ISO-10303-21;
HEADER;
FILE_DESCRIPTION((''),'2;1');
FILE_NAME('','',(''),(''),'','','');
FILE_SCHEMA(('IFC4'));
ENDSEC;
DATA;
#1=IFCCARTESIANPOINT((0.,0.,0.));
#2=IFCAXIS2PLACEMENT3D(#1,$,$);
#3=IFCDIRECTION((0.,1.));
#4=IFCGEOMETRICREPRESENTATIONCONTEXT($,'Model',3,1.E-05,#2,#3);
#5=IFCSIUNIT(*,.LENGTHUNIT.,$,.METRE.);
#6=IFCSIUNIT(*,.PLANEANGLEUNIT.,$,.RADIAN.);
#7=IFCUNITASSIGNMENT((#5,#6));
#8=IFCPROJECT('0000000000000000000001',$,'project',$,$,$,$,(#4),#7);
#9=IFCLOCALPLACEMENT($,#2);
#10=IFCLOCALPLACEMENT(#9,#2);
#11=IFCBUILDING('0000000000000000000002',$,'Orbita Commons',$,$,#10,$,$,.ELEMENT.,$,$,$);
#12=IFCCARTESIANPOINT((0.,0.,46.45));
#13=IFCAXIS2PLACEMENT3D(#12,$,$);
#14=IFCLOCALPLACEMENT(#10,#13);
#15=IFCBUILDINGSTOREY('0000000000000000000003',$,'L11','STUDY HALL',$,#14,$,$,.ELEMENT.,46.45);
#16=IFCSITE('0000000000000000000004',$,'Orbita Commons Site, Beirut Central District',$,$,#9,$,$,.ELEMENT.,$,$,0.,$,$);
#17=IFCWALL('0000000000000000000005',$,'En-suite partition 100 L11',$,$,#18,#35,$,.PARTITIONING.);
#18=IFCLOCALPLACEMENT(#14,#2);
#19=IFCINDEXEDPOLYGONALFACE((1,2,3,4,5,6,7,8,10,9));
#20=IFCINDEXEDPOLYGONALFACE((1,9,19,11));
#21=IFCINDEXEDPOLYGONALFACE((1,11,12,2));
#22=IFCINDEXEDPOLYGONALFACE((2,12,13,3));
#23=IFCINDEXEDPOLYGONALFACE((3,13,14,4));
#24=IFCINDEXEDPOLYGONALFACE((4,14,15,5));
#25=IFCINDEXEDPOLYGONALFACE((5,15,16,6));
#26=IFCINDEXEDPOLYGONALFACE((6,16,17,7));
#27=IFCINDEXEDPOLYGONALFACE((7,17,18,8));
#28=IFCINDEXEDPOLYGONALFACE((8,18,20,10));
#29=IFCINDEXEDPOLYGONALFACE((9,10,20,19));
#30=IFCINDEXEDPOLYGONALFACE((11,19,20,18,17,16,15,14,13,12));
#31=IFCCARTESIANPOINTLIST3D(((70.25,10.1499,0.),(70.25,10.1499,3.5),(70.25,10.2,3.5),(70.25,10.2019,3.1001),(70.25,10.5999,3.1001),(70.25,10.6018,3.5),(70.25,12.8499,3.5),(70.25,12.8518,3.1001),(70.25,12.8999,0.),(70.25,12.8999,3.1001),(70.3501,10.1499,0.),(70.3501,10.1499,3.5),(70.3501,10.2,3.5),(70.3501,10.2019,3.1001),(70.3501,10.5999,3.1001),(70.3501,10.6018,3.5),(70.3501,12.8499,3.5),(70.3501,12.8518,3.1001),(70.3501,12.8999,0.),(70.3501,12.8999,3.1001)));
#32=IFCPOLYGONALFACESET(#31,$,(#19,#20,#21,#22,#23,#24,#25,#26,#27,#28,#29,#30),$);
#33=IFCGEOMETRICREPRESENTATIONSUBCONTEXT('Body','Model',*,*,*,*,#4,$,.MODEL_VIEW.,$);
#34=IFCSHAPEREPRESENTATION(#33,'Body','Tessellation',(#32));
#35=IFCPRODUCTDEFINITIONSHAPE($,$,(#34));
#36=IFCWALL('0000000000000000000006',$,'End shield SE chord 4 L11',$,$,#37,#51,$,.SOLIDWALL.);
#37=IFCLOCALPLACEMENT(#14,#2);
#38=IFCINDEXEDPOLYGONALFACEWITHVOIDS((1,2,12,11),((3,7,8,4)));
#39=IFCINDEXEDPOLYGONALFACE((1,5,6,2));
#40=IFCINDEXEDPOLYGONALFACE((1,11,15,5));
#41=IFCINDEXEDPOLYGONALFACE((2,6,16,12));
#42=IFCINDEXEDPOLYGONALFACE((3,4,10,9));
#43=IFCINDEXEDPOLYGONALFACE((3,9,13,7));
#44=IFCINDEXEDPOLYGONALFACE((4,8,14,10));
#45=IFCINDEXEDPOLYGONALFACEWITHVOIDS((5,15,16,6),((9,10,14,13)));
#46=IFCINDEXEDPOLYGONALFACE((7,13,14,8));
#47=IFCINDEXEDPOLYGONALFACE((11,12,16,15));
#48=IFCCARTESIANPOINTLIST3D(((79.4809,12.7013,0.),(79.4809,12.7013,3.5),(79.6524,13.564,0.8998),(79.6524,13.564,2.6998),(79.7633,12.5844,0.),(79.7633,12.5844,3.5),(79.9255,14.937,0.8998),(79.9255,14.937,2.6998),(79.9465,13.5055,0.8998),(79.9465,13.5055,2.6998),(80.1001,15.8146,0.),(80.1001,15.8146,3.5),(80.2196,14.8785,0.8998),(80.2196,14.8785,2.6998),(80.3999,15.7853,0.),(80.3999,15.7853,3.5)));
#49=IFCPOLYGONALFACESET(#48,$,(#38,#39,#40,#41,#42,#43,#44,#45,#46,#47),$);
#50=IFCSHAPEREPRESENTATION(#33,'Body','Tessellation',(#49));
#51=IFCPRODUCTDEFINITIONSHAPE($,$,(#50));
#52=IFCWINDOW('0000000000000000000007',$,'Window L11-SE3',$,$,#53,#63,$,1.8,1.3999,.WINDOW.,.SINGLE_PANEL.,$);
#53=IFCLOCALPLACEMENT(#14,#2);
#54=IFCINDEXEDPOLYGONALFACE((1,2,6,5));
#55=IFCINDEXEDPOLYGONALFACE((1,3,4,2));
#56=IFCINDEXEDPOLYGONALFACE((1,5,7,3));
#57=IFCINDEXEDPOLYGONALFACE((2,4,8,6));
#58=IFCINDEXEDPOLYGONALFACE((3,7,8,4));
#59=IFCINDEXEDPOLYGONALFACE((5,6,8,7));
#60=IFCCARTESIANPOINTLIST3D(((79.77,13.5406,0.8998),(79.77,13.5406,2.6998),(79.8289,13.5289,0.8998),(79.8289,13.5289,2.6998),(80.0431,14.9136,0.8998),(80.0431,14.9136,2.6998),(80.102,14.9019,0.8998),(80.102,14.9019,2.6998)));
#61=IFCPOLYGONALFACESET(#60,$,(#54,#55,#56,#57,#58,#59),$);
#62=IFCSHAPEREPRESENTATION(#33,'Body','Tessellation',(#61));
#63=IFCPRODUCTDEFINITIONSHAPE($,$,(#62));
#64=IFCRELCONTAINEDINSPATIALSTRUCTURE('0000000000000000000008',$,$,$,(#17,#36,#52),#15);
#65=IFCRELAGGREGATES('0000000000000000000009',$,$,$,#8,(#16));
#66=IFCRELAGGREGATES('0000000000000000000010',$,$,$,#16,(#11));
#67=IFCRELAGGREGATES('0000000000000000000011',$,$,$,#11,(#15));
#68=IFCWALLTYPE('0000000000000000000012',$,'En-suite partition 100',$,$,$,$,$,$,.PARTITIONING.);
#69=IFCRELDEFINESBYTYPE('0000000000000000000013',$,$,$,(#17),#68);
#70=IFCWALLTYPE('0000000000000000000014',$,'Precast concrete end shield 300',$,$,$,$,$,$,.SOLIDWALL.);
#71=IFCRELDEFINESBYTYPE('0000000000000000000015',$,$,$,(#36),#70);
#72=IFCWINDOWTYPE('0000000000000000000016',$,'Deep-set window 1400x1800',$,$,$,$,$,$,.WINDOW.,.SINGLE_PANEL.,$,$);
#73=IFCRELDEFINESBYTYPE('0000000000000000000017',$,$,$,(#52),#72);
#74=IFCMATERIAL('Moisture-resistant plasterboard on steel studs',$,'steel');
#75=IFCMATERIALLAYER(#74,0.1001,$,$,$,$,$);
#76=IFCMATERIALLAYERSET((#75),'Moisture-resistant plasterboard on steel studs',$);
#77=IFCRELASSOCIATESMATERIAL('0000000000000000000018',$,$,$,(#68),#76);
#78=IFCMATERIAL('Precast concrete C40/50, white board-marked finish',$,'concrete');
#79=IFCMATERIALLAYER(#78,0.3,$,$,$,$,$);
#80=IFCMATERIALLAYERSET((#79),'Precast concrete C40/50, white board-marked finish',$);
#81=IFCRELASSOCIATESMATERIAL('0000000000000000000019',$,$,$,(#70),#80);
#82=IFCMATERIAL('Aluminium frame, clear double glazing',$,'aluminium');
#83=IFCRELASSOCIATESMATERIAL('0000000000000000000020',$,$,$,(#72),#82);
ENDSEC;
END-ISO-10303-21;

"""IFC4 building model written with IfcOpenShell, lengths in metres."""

from ifc_helpers import new_model, si_unit, direction, frame, frame_2d, origin, place, context, subcontext, project, spatial, polyline, rectangle, outline, extrude, material, layer, layer_set, type_object, element, fill, save


model = new_model("IFC4")

# Units and contexts
model_context = context("Model", 3, precision=1e-05, world=origin(), true_north=direction((0.0, 1.0)))
body_context = subcontext(model_context, "Body", "Model", "MODEL_VIEW")
ifc_project = project(units=[si_unit("LENGTHUNIT", "METRE"), si_unit("PLANEANGLEUNIT", "RADIAN")], contexts=[model_context])

# Site, building, storey
site_placement = place(None, origin())
site = spatial("IfcSite", under=ifc_project, at=site_placement, Name="Orbita Commons Site, Beirut Central District", CompositionType="ELEMENT", RefElevation=0.0)
building_placement = place(site_placement, origin())
building = spatial("IfcBuilding", under=site, at=building_placement, Name="Orbita Commons", CompositionType="ELEMENT")
storey_placement = place(building_placement, frame((0.0, 0.0, 46.45)))
storey = spatial("IfcBuildingStorey", under=building, at=storey_placement, Name="L11", Description="STUDY HALL", CompositionType="ELEMENT", Elevation=46.45)

# Wall
ifc_material_1 = material(Name="Moisture-resistant plasterboard on steel studs", Category="steel")
ifc_layer_1 = layer(ifc_material_1, 0.1001)
ifc_layer_set_1 = layer_set([ifc_layer_1], Name="Moisture-resistant plasterboard on steel studs")
wall_type_1 = type_object("IfcWallType", Name="En-suite partition 100", PredefinedType="PARTITIONING", material=ifc_layer_set_1)
wall_1_placement = place(storey_placement, frame((70.3, 10.1499, 0.0), z_axis=(0.0, 0.0, 1.0), x_axis=(0.0, 1.0, 0.0)))
element("IfcWall", 1, at=wall_1_placement, inside=storey, type_object=wall_type_1, Name="En-suite partition 100 L11", PredefinedType="PARTITIONING", context=body_context, shape_type="SweptSolid", body=[
    extrude(outline(polyline([(0.0, 0.0), (2.75, 0.0), (2.75, 3.1001), (2.7019, 3.1001), (2.7, 3.5), (0.4519, 3.5), (0.45, 3.1001), (0.052, 3.1001), (0.05, 3.5), (0.0, 3.5), (0.0, 0.0)])), frame((0.0, 0.05, 0.0), z_axis=(0.0, -1.0, 0.0), x_axis=(1.0, 0.0, 0.0)), (0.0, 0.0, 1.0), 0.1001),
])

# Wall, opening, window
ifc_material_2 = material(Name="Precast concrete C40/50, white board-marked finish", Category="concrete")
ifc_layer_2 = layer(ifc_material_2, 0.3)
ifc_layer_set_2 = layer_set([ifc_layer_2], Name="Precast concrete C40/50, white board-marked finish")
wall_type_2 = type_object("IfcWallType", Name="Precast concrete end shield 300", PredefinedType="SOLIDWALL", material=ifc_layer_set_2)
wall_2_placement = place(storey_placement, frame((79.6221, 12.6428, 0.0), z_axis=(0.0, 0.0, 1.0), x_axis=(0.195066, 0.98079, 0.0)))
wall_2 = element("IfcWall", 2, at=wall_2_placement, inside=storey, type_object=wall_type_2, Name="End shield SE chord 4 L11", PredefinedType="SOLIDWALL", context=body_context, shape_type="SweptSolid", body=[
    extrude(outline(polyline([(-0.0298, -0.1499), (3.2339, -0.1499), (3.2041, 0.1499), (0.0298, 0.1499), (-0.0298, -0.1499)])), origin(), (0.0, 0.0, 1.0), 3.5),
])
opening_1_placement = place(wall_2_placement, frame((0.9094, 0.0, 0.8999)))
opening_1 = element("IfcOpeningElement", 3, at=opening_1_placement, cuts=wall_2, PredefinedType="OPENING", context=body_context, shape_type="SweptSolid", body=[
    extrude(rectangle(XDim=1.3999, YDim=1.8, at=frame_2d((0.7, 0.8999))), frame((0.0, 0.1599, 0.0), z_axis=(0.0, -1.0, 0.0), x_axis=(1.0, 0.0, 0.0)), (0.0, 0.0, 1.0), 0.3201),
])
ifc_material_3 = material(Name="Aluminium frame, clear double glazing", Category="aluminium")
window_type = type_object("IfcWindowType", Name="Deep-set window 1400x1800", PartitioningType="SINGLE_PANEL", PredefinedType="WINDOW", material=ifc_material_3)
window_placement = place(opening_1_placement, origin())
window = element("IfcWindow", 4, at=window_placement, inside=storey, type_object=window_type, Name="Window L11-SE3", OverallHeight=1.8, OverallWidth=1.3999, PartitioningType="SINGLE_PANEL", PredefinedType="WINDOW", context=body_context, shape_type="SweptSolid", body=[
    extrude(rectangle(XDim=1.3999, YDim=1.8, at=frame_2d((0.7, 0.8999))), frame((0.0, 0.03, 0.0), z_axis=(0.0, -1.0, 0.0), x_axis=(1.0, 0.0, 0.0)), (0.0, 0.0, 1.0), 0.0601),
])
fill(opening_1, window)

save(model, "model.ifc")
